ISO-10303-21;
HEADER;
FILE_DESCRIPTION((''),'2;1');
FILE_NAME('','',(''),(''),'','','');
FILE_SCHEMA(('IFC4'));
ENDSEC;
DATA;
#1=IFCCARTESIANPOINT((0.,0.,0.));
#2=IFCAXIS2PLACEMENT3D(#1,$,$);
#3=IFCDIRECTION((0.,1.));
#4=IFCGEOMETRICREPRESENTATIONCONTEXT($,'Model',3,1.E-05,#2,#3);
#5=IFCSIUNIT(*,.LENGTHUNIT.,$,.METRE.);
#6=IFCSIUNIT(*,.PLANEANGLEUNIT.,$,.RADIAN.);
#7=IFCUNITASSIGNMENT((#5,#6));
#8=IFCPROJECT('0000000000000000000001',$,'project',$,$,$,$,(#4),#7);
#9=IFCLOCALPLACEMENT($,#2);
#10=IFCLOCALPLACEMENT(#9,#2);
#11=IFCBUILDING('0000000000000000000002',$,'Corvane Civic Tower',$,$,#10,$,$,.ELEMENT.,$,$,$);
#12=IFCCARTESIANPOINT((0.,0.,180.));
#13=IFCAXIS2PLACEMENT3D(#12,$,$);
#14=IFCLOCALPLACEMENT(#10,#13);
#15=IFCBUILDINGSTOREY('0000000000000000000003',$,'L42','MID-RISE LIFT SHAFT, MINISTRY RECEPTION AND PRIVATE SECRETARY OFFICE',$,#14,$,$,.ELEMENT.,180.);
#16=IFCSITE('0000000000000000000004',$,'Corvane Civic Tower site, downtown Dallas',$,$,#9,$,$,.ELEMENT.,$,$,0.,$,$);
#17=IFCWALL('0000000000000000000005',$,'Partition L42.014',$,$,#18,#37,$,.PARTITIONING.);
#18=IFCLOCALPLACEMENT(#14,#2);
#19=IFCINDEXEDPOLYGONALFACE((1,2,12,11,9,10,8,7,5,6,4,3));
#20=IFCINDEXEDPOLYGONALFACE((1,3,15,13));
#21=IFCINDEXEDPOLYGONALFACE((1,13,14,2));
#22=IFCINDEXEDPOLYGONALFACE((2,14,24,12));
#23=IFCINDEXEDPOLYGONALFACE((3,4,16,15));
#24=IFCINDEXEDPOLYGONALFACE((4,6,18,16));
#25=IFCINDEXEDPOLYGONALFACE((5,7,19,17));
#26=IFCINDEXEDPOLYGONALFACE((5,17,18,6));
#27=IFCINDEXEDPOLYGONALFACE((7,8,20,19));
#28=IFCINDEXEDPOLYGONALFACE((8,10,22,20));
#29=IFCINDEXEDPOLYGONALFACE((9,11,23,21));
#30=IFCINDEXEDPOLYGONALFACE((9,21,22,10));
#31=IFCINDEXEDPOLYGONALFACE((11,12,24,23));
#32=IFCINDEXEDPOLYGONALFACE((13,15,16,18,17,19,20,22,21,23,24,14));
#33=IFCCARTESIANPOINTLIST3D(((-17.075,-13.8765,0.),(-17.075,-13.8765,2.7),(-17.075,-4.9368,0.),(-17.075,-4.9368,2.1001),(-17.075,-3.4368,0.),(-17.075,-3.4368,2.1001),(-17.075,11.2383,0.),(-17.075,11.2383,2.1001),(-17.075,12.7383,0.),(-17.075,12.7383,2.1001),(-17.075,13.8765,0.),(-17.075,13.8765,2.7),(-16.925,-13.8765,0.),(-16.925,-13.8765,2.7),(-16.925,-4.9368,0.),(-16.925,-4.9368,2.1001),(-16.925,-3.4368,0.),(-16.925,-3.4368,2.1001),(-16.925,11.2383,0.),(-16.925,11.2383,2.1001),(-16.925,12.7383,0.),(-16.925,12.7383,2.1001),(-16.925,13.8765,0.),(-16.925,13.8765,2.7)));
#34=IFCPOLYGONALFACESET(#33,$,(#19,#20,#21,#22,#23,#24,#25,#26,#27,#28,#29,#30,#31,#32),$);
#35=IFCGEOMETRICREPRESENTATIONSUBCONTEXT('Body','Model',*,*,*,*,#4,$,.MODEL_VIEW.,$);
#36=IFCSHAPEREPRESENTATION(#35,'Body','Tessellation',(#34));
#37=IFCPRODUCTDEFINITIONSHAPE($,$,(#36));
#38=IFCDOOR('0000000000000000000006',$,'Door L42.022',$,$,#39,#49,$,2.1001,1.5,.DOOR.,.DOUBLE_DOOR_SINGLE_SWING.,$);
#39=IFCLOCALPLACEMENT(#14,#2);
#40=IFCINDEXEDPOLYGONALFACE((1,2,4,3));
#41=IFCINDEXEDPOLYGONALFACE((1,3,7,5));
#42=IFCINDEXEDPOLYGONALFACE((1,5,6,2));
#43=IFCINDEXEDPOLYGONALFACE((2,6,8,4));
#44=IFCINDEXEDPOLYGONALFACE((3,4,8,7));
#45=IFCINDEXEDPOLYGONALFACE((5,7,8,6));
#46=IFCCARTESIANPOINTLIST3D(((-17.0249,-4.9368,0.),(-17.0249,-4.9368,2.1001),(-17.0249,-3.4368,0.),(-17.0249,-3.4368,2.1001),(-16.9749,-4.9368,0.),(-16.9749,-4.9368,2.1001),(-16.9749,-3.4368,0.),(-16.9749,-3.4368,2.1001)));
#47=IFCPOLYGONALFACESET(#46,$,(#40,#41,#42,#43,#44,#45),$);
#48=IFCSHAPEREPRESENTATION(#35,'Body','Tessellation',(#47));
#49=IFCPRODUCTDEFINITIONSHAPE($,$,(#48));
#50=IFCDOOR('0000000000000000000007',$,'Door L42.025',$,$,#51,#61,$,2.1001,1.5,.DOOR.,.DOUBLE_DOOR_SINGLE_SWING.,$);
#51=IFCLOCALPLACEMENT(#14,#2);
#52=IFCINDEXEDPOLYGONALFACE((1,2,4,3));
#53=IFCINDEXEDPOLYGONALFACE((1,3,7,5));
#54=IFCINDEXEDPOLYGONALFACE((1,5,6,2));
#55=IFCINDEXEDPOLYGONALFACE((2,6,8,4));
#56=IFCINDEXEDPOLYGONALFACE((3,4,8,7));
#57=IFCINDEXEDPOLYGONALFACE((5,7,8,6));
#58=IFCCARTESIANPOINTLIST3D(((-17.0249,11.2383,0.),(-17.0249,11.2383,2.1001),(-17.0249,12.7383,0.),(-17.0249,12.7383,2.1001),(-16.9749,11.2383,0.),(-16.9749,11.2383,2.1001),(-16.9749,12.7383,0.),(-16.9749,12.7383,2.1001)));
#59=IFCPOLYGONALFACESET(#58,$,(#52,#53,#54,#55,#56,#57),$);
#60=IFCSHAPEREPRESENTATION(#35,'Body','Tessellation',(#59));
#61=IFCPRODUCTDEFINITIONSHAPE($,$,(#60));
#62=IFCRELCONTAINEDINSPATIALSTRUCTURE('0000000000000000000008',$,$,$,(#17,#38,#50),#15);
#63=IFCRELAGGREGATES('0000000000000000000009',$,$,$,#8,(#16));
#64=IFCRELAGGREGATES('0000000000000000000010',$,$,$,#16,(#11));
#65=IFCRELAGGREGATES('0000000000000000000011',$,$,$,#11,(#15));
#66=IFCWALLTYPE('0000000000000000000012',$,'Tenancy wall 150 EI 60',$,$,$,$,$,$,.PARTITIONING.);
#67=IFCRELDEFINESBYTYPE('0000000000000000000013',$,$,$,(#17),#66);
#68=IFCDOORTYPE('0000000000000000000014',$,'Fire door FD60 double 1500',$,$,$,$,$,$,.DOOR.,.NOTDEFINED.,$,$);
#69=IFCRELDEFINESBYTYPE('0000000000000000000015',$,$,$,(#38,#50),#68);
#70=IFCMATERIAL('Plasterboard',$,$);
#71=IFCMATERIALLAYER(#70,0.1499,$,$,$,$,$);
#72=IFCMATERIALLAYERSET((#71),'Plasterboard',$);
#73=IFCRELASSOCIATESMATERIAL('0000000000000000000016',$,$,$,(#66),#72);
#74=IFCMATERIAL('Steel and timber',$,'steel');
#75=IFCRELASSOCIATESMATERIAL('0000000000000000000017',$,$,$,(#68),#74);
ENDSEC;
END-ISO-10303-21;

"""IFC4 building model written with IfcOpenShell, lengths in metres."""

from ifc_helpers import new_model, si_unit, direction, frame, frame_2d, origin, place, context, subcontext, project, spatial, rectangle, extrude, material, layer, layer_set, type_object, element, fill, save


model = new_model("IFC4")

# Units and contexts
model_context = context("Model", 3, precision=1e-05, world=origin(), true_north=direction((0.0, 1.0)))
body_context = subcontext(model_context, "Body", "Model", "MODEL_VIEW")
ifc_project = project(units=[si_unit("LENGTHUNIT", "METRE"), si_unit("PLANEANGLEUNIT", "RADIAN")], contexts=[model_context])

# Site, building, storey
site_placement = place(None, origin())
site = spatial("IfcSite", under=ifc_project, at=site_placement, Name="Corvane Civic Tower site, downtown Dallas", CompositionType="ELEMENT", RefElevation=0.0)
building_placement = place(site_placement, origin())
building = spatial("IfcBuilding", under=site, at=building_placement, Name="Corvane Civic Tower", CompositionType="ELEMENT")
storey_placement = place(building_placement, frame((0.0, 0.0, 180.0)))
storey = spatial("IfcBuildingStorey", under=building, at=storey_placement, Name="L42", Description="MID-RISE LIFT SHAFT, MINISTRY RECEPTION AND PRIVATE SECRETARY OFFICE", CompositionType="ELEMENT", Elevation=180.0)

# Shared definitions
ifc_material_1 = material(Name="Plasterboard")
ifc_layer_1 = layer(ifc_material_1, 0.1499)
ifc_layer_set_1 = layer_set([ifc_layer_1], Name="Plasterboard")
wall_type_1 = type_object("IfcWallType", Name="Tenancy wall 150 EI 60", PredefinedType="PARTITIONING", material=ifc_layer_set_1)

# Wall, openings, doors
wall_1_placement = place(storey_placement, frame((-17.0, -13.8765, 0.0), z_axis=(0.0, 0.0, 1.0), x_axis=(0.0, 1.0, 0.0)))
wall_1 = element("IfcWall", 1, at=wall_1_placement, inside=storey, type_object=wall_type_1, Name="Partition L42.014", PredefinedType="PARTITIONING", context=body_context, shape_type="SweptSolid", body=[
    extrude(rectangle(XDim=27.7529, YDim=0.1499, at=frame_2d((13.8765, 0.0))), origin(), (0.0, 0.0, 1.0), 2.7),
])
opening_1_placement = place(wall_1_placement, frame((8.9397, 0.0, 0.0)))
opening_1 = element("IfcOpeningElement", 2, at=opening_1_placement, cuts=wall_1, PredefinedType="OPENING", context=body_context, shape_type="SweptSolid", body=[
    extrude(rectangle(XDim=1.5, YDim=2.1001, at=frame_2d((0.75, 1.05))), frame((0.0, 0.085, 0.0), z_axis=(0.0, -1.0, 0.0), x_axis=(1.0, 0.0, 0.0)), (0.0, 0.0, 1.0), 0.1699),
])
opening_2_placement = place(wall_1_placement, frame((25.1147, 0.0, 0.0)))
opening_2 = element("IfcOpeningElement", 3, at=opening_2_placement, cuts=wall_1, PredefinedType="OPENING", context=body_context, shape_type="SweptSolid", body=[
    extrude(rectangle(XDim=1.5, YDim=2.1001, at=frame_2d((0.75, 1.05))), frame((0.0, 0.085, 0.0), z_axis=(0.0, -1.0, 0.0), x_axis=(1.0, 0.0, 0.0)), (0.0, 0.0, 1.0), 0.1699),
])
ifc_material_2 = material(Name="Steel and timber", Category="steel")
door_type_1 = type_object("IfcDoorType", Name="Fire door FD60 double 1500", OperationType="NOTDEFINED", PredefinedType="DOOR", material=ifc_material_2)
door_1_placement = place(opening_1_placement, origin())
door_1 = element("IfcDoor", 4, at=door_1_placement, inside=storey, type_object=door_type_1, Name="Door L42.022", OperationType="DOUBLE_DOOR_SINGLE_SWING", OverallHeight=2.1001, OverallWidth=1.5, PredefinedType="DOOR", context=body_context, shape_type="SweptSolid", body=[
    extrude(rectangle(XDim=1.5, YDim=2.1001, at=frame_2d((0.75, 1.05))), frame((0.0, 0.0249, 0.0), z_axis=(0.0, -1.0, 0.0), x_axis=(1.0, 0.0, 0.0)), (0.0, 0.0, 1.0), 0.05),
])
fill(opening_1, door_1)
door_2_placement = place(opening_2_placement, origin())
door_2 = element("IfcDoor", 5, at=door_2_placement, inside=storey, type_object=door_type_1, Name="Door L42.025", OperationType="DOUBLE_DOOR_SINGLE_SWING", OverallHeight=2.1001, OverallWidth=1.5, PredefinedType="DOOR", context=body_context, shape_type="SweptSolid", body=[
    extrude(rectangle(XDim=1.5, YDim=2.1001, at=frame_2d((0.75, 1.05))), frame((0.0, 0.0249, 0.0), z_axis=(0.0, -1.0, 0.0), x_axis=(1.0, 0.0, 0.0)), (0.0, 0.0, 1.0), 0.05),
])
fill(opening_2, door_2)

save(model, "model.ifc")
